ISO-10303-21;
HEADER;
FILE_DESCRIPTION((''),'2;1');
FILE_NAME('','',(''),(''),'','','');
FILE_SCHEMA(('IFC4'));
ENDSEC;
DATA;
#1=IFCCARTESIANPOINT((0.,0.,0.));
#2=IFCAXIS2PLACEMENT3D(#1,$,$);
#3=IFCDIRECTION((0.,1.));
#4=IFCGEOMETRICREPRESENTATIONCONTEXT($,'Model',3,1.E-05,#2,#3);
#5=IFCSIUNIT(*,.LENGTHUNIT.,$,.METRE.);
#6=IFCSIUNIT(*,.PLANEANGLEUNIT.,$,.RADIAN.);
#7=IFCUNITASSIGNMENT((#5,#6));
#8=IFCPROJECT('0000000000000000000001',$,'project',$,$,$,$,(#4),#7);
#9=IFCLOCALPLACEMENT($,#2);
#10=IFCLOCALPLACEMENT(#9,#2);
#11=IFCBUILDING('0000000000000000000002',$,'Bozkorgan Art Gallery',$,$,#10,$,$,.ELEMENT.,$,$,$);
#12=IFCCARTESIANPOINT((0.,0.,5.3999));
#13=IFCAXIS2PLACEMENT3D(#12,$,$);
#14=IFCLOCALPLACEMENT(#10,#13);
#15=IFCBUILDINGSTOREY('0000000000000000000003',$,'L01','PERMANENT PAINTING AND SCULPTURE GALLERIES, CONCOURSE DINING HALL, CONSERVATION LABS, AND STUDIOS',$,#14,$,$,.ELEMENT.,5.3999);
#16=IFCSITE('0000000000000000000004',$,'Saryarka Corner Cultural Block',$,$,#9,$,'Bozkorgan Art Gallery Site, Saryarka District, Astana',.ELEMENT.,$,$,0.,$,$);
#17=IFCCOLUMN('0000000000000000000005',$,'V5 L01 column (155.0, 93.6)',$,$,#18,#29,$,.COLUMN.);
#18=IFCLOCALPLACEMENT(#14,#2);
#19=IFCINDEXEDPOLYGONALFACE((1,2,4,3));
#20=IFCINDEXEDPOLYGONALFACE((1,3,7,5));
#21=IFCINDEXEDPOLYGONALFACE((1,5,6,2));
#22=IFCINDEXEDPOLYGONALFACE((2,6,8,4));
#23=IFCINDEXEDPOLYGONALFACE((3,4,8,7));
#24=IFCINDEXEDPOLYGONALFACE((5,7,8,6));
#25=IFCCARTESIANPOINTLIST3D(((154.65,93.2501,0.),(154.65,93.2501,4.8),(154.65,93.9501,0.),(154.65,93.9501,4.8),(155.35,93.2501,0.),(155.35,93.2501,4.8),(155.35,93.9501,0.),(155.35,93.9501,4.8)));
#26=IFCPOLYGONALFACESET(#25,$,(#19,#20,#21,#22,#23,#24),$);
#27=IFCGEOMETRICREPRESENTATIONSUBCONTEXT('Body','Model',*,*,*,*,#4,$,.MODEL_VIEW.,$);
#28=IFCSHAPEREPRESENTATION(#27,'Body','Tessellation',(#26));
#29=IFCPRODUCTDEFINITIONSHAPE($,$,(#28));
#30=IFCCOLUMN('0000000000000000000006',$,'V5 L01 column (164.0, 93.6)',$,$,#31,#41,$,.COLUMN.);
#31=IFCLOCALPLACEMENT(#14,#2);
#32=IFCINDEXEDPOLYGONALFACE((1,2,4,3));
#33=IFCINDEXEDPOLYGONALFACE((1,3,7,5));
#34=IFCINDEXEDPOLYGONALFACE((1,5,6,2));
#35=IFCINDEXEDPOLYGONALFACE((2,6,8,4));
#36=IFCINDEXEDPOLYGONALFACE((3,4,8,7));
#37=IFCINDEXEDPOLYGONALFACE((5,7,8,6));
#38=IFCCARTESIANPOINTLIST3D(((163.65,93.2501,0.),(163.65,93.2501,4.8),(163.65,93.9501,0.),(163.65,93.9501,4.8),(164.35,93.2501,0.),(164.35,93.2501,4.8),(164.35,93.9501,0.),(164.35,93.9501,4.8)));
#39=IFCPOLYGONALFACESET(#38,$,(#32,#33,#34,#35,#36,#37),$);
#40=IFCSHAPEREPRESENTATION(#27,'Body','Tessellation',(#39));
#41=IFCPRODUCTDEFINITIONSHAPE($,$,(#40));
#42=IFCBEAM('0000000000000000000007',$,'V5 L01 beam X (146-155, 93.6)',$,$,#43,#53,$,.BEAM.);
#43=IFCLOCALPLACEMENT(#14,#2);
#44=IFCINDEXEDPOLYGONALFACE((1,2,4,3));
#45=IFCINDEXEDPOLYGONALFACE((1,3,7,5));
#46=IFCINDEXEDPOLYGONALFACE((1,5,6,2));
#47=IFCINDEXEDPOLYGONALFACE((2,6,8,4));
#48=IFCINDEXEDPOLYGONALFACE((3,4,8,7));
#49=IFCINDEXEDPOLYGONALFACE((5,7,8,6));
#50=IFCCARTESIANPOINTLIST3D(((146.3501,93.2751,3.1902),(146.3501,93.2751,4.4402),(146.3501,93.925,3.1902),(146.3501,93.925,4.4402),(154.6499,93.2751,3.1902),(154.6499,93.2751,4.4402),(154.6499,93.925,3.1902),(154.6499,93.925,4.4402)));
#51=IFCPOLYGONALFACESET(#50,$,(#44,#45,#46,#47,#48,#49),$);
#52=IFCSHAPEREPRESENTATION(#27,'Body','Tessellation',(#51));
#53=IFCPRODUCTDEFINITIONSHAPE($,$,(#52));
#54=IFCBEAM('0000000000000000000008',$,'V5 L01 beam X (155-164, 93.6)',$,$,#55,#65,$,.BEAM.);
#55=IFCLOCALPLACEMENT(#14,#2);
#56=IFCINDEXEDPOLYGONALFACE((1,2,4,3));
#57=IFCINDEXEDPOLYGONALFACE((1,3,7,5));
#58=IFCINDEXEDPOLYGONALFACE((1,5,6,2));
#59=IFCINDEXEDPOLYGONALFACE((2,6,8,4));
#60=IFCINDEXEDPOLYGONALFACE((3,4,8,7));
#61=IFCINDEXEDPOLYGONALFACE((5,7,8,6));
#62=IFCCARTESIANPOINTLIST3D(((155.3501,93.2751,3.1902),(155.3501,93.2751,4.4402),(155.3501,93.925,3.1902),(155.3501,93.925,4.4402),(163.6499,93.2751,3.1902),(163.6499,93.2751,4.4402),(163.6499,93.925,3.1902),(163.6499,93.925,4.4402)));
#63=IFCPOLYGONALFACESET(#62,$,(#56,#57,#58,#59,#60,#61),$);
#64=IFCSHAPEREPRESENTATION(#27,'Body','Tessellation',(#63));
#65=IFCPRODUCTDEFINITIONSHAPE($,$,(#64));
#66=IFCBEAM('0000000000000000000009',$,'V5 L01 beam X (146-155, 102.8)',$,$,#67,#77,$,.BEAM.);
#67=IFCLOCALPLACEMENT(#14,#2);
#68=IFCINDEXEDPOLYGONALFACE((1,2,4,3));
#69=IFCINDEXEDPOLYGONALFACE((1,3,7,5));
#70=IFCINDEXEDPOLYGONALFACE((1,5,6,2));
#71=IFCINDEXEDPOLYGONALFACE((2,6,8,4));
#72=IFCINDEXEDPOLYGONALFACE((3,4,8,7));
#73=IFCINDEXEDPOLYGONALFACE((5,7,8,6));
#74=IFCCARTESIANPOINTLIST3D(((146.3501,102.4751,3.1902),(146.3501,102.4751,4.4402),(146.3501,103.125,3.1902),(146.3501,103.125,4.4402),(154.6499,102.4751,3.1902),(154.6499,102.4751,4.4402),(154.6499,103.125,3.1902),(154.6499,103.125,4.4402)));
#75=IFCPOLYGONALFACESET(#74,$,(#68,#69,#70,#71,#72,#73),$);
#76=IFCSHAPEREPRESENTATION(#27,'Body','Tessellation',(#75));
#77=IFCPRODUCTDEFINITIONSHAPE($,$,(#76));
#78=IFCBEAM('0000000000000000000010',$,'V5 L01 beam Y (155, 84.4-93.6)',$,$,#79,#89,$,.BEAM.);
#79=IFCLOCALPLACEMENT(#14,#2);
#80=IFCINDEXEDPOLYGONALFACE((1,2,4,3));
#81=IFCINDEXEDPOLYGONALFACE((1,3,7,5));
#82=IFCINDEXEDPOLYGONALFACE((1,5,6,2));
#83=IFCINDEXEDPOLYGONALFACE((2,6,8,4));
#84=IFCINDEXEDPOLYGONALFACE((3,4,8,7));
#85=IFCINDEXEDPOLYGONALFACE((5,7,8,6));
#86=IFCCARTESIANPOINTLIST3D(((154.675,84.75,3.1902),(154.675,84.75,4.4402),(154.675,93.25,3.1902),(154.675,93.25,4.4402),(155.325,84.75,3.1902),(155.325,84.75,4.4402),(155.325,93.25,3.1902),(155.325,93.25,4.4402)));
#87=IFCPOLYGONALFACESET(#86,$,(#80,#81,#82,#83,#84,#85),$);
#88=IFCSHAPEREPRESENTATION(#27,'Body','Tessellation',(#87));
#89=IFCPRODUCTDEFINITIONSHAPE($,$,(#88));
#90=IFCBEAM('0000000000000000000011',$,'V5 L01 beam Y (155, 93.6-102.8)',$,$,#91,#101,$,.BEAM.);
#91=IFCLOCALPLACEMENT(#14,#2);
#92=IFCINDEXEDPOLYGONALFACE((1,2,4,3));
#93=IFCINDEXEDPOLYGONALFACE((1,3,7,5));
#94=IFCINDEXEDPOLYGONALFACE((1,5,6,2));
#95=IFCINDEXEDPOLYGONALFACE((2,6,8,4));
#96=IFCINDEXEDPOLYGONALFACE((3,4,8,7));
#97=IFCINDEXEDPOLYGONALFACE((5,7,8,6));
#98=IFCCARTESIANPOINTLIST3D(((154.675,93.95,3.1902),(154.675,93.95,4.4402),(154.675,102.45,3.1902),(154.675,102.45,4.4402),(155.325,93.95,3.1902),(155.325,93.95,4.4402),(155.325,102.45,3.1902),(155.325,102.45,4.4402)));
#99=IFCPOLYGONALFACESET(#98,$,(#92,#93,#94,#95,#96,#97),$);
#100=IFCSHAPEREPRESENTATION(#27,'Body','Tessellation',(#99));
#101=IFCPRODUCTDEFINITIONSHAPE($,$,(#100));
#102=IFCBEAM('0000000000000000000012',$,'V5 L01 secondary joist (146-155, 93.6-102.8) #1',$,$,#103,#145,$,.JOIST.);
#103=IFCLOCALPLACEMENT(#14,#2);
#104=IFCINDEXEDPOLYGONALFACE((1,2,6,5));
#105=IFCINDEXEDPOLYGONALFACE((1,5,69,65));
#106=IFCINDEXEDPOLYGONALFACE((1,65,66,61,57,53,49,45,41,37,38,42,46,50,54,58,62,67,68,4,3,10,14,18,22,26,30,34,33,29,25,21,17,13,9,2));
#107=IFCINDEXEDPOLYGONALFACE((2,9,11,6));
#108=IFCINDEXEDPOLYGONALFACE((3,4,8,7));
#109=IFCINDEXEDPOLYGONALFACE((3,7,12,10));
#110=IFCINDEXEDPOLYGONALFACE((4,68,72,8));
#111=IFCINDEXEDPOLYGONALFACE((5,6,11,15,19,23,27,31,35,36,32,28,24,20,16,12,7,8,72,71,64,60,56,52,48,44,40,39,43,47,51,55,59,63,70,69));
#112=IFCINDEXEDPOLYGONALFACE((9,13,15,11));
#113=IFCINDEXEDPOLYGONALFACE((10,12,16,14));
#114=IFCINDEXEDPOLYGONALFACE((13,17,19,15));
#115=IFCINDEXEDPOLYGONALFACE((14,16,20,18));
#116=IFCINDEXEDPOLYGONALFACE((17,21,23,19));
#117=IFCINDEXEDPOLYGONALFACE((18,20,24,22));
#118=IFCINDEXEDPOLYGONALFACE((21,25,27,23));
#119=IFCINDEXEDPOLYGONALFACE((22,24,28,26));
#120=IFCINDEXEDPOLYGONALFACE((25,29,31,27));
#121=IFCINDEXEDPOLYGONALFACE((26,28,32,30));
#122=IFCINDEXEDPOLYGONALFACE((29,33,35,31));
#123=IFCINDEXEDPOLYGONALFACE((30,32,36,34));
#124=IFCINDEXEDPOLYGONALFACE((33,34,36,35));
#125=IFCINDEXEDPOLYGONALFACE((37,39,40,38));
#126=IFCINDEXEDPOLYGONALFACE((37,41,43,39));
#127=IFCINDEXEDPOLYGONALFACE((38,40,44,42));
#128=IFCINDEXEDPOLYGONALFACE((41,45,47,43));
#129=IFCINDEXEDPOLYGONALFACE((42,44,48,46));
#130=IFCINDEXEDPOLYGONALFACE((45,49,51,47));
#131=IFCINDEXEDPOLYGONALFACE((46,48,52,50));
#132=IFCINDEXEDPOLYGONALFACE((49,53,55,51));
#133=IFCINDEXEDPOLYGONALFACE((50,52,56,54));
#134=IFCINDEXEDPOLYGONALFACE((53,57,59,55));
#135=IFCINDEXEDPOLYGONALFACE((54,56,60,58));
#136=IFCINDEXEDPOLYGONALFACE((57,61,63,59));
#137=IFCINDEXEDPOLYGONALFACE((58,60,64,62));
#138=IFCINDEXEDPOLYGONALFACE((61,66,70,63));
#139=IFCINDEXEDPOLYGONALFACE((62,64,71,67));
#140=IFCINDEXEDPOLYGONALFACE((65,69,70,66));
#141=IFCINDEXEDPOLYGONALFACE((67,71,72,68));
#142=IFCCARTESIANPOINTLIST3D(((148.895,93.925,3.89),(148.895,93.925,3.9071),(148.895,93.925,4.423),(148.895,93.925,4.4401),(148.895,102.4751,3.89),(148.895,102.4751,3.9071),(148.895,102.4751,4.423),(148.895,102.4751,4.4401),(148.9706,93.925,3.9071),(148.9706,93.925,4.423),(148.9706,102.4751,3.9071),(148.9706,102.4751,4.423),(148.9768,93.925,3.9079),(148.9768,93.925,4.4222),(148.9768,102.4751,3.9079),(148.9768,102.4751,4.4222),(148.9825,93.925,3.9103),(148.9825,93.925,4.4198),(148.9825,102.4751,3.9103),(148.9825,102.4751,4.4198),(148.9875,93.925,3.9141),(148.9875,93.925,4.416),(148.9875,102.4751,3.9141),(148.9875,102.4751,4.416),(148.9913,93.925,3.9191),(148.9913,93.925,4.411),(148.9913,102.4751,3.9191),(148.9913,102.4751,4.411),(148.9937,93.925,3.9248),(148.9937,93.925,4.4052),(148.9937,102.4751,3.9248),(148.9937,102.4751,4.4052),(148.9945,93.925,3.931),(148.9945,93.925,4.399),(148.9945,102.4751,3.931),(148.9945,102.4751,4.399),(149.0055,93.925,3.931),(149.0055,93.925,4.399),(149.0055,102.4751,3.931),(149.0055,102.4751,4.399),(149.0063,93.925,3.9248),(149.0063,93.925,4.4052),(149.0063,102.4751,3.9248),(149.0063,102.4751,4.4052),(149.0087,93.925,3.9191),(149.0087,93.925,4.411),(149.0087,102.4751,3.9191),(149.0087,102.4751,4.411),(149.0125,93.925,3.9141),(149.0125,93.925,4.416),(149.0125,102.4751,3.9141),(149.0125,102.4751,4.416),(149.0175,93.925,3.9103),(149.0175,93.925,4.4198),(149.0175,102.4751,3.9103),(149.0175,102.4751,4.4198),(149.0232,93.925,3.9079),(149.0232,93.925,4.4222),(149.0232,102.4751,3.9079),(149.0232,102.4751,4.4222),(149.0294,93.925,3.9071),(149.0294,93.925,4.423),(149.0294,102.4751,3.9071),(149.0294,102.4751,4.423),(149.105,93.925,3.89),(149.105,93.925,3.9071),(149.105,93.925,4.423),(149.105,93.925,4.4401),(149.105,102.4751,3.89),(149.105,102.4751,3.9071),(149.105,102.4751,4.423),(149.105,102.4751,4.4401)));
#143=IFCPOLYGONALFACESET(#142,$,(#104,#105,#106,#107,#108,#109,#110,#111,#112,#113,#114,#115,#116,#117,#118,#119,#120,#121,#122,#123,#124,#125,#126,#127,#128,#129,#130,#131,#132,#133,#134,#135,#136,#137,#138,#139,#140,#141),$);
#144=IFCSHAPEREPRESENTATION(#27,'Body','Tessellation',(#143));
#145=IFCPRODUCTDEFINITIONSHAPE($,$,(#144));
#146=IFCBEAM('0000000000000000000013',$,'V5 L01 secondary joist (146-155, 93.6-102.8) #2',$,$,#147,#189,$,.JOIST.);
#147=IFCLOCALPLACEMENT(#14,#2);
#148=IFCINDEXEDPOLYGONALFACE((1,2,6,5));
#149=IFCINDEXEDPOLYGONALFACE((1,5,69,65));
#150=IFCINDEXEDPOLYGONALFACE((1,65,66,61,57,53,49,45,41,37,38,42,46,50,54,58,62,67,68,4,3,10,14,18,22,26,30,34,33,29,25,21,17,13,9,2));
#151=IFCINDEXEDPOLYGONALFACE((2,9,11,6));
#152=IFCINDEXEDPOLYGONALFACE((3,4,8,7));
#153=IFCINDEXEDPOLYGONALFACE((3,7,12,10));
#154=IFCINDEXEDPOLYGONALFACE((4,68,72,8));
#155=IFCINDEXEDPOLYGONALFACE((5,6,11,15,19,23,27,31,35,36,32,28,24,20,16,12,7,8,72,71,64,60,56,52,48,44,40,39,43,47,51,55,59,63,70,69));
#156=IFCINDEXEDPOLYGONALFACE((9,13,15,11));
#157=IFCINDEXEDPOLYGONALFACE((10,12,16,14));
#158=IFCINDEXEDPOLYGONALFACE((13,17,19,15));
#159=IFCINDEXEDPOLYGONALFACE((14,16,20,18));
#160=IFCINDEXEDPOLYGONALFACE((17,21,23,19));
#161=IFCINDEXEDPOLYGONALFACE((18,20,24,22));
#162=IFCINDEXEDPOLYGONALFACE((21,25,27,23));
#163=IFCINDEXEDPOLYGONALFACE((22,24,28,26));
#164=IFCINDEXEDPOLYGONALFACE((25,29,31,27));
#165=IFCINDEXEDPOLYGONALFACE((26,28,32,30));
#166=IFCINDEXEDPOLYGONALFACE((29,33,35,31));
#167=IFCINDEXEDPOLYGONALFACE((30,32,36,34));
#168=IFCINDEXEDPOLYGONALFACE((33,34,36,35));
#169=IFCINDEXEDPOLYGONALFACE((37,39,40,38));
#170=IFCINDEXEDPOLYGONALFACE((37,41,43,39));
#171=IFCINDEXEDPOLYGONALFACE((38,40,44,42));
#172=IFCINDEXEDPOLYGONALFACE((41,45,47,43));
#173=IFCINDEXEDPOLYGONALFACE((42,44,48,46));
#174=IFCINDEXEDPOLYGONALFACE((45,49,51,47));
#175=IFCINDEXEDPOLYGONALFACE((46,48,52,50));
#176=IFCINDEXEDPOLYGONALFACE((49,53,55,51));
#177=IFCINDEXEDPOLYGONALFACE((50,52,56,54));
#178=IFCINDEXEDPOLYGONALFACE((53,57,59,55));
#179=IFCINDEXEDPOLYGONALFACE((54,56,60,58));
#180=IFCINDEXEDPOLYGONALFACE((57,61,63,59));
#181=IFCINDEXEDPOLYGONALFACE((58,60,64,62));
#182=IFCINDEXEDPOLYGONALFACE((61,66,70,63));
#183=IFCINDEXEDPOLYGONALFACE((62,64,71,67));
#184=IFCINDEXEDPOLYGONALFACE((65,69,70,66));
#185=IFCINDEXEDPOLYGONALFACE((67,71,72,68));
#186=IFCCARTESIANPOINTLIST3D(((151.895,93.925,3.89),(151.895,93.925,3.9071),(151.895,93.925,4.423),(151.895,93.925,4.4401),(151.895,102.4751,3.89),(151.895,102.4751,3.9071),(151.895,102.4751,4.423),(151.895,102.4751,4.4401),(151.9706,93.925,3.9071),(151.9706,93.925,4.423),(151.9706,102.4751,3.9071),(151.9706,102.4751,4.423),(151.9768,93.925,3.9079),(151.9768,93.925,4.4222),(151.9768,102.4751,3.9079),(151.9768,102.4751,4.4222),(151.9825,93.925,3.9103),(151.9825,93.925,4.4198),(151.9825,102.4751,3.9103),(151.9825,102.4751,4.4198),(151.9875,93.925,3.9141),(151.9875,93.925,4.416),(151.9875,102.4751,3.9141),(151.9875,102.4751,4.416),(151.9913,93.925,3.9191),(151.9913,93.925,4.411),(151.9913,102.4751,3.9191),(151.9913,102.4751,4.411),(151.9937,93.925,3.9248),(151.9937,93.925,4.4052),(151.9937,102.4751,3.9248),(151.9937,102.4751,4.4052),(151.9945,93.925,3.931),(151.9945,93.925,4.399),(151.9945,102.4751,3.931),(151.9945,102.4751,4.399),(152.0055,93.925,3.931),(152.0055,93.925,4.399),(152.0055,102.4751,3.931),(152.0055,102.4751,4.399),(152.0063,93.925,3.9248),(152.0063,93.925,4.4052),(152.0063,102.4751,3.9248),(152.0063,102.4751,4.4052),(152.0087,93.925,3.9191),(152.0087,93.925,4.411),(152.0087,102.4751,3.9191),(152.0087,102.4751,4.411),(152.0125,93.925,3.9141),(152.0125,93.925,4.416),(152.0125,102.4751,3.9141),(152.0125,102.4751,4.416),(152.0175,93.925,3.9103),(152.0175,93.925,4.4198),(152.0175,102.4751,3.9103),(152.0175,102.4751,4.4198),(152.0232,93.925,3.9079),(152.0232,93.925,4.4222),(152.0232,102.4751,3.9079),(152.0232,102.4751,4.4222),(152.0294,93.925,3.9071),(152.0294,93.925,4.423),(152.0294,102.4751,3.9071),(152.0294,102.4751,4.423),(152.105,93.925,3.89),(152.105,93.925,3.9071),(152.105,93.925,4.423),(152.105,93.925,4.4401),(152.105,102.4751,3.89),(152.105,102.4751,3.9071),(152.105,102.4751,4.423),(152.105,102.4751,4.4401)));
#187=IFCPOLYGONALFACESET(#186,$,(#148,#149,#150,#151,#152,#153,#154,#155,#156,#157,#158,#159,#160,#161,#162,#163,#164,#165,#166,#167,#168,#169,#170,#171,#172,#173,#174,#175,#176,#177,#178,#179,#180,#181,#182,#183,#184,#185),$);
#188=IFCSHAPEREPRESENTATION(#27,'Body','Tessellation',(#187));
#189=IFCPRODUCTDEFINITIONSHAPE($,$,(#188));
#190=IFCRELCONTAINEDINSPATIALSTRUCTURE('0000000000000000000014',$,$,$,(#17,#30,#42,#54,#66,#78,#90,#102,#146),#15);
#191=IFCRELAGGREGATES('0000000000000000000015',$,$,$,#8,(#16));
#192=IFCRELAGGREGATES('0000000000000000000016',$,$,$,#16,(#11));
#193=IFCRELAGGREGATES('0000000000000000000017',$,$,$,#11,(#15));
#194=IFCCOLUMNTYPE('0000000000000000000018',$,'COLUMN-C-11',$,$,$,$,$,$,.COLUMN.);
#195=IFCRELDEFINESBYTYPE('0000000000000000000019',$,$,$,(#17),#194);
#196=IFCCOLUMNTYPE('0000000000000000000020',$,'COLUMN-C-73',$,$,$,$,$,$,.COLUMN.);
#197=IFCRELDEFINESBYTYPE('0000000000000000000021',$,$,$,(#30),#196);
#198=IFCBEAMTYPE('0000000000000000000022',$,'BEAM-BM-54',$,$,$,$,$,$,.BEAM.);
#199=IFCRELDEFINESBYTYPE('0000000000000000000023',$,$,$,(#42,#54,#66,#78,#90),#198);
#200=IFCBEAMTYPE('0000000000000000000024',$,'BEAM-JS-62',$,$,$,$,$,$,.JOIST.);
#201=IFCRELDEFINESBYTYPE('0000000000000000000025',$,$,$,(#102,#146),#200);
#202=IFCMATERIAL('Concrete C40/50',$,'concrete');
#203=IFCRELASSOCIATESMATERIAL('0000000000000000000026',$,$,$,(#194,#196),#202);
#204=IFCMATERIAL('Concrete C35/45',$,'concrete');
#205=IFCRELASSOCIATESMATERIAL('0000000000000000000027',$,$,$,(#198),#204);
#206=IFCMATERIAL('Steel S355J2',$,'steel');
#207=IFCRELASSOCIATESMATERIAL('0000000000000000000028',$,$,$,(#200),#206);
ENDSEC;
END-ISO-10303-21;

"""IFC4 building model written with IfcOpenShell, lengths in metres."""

from ifc_helpers import new_model, si_unit, direction, frame, origin, origin_2d, place, context, subcontext, project, spatial, rectangle, i_section, extrude, material, material_profile, profile_set, type_object, element, save


model = new_model("IFC4")

# Units and contexts
model_context = context("Model", 3, precision=1e-05, world=origin(), true_north=direction((0.0, 1.0)))
body_context = subcontext(model_context, "Body", "Model", "MODEL_VIEW")
ifc_project = project(units=[si_unit("LENGTHUNIT", "METRE"), si_unit("PLANEANGLEUNIT", "RADIAN")], contexts=[model_context])

# Site, building, storey
site_placement = place(None, origin())
site = spatial("IfcSite", under=ifc_project, at=site_placement, Name="Saryarka Corner Cultural Block", LongName="Bozkorgan Art Gallery Site, Saryarka District, Astana", CompositionType="ELEMENT", RefElevation=0.0)
building_placement = place(site_placement, origin())
building = spatial("IfcBuilding", under=site, at=building_placement, Name="Bozkorgan Art Gallery", CompositionType="ELEMENT")
storey_placement = place(building_placement, frame((0.0, 0.0, 5.3999)))
storey = spatial("IfcBuildingStorey", under=building, at=storey_placement, Name="L01", Description="PERMANENT PAINTING AND SCULPTURE GALLERIES, CONCOURSE DINING HALL, CONSERVATION LABS, AND STUDIOS", CompositionType="ELEMENT", Elevation=5.3999)

# Columns
ifc_material_1 = material(Name="Concrete C40/50", Category="concrete")
ifc_material_profile_1 = material_profile(ifc_material_1, rectangle(XDim=0.7, YDim=0.7, at=origin_2d()), Name="RC 700x700")
ifc_profile_set_1 = profile_set([ifc_material_profile_1], Name="Concrete C40/50")
column_type_1 = type_object("IfcColumnType", Name="COLUMN-C-11", PredefinedType="COLUMN", material=ifc_profile_set_1)
column_1_placement = place(storey_placement, frame((155.0, 93.6001, 0.0), z_axis=(0.0, 0.0, 1.0), x_axis=(1.0, 0.0, 0.0)))
element("IfcColumn", 1, at=column_1_placement, inside=storey, type_object=column_type_1, Name="V5 L01 column (155.0, 93.6)", PredefinedType="COLUMN", context=body_context, shape_type="SweptSolid", body=[
    extrude(rectangle(XDim=0.7, YDim=0.7, at=origin_2d()), origin(), (0.0, 0.0, 1.0), 4.8),
])
ifc_material_profile_2 = material_profile(ifc_material_1, rectangle(XDim=0.7, YDim=0.7, at=origin_2d()), Name="RC 700x700")
ifc_profile_set_2 = profile_set([ifc_material_profile_2], Name="Concrete C40/50")
column_type_2 = type_object("IfcColumnType", Name="COLUMN-C-73", PredefinedType="COLUMN", material=ifc_profile_set_2)
column_2_placement = place(storey_placement, frame((164.0, 93.6001, 0.0), z_axis=(0.0, 0.0, 1.0), x_axis=(1.0, 0.0, 0.0)))
element("IfcColumn", 2, at=column_2_placement, inside=storey, type_object=column_type_2, Name="V5 L01 column (164.0, 93.6)", PredefinedType="COLUMN", context=body_context, shape_type="SweptSolid", body=[
    extrude(rectangle(XDim=0.7, YDim=0.7, at=origin_2d()), origin(), (0.0, 0.0, 1.0), 4.8),
])

# Beams
ifc_material_2 = material(Name="Concrete C35/45", Category="concrete")
ifc_material_profile_3 = material_profile(ifc_material_2, rectangle(XDim=0.6499, YDim=1.25, at=origin_2d()), Name="RC 650x1250")
ifc_profile_set_3 = profile_set([ifc_material_profile_3], Name="Concrete C35/45")
beam_type_1 = type_object("IfcBeamType", Name="BEAM-BM-54", PredefinedType="BEAM", material=ifc_profile_set_3)
for number, where, z_axis, x_axis, name in (
    (3, (146.3501, 93.6001, 3.8152), (1.0, 0.0, 0.0), (0.0, 1.0, 0.0), "V5 L01 beam X (146-155, 93.6)"),
    (4, (155.3501, 93.6001, 3.8152), (1.0, 0.0, 0.0), (0.0, 1.0, 0.0), "V5 L01 beam X (155-164, 93.6)"),
    (5, (146.3501, 102.8, 3.8152), (1.0, 0.0, 0.0), (0.0, 1.0, 0.0), "V5 L01 beam X (146-155, 102.8)"),
):
    element("IfcBeam", number, at=place(storey_placement, frame(where, z_axis=z_axis, x_axis=x_axis)), inside=storey, type_object=beam_type_1, Name=name, PredefinedType="BEAM", context=body_context, shape_type="SweptSolid", body=[
        extrude(rectangle(XDim=0.6499, YDim=1.25, at=origin_2d()), origin(), (0.0, 0.0, 1.0), 8.2998),
    ])
for number, where, z_axis, x_axis, name in (
    (6, (155.0, 84.75, 3.8152), (0.0, 1.0, 0.0), (-1.0, 0.0, 0.0), "V5 L01 beam Y (155, 84.4-93.6)"),
    (7, (155.0, 93.95, 3.8152), (0.0, 1.0, 0.0), (-1.0, 0.0, 0.0), "V5 L01 beam Y (155, 93.6-102.8)"),
):
    element("IfcBeam", number, at=place(storey_placement, frame(where, z_axis=z_axis, x_axis=x_axis)), inside=storey, type_object=beam_type_1, Name=name, PredefinedType="BEAM", context=body_context, shape_type="SweptSolid", body=[
        extrude(rectangle(XDim=0.6499, YDim=1.25, at=origin_2d()), origin(), (0.0, 0.0, 1.0), 8.5),
    ])
ifc_material_3 = material(Name="Steel S355J2", Category="steel")
ifc_material_profile_4 = material_profile(ifc_material_3, i_section(OverallWidth=0.21, OverallDepth=0.55, WebThickness=0.011, FlangeThickness=0.0171, FilletRadius=0.0239, at=origin_2d()), Name="IPE 550")
ifc_profile_set_4 = profile_set([ifc_material_profile_4], Name="Steel S355J2")
beam_type_2 = type_object("IfcBeamType", Name="BEAM-JS-62", PredefinedType="JOIST", material=ifc_profile_set_4)
for number, where, z_axis, x_axis, name in (
    (8, (149.0, 93.925, 4.165), (0.0, 1.0, 0.0), (-1.0, 0.0, 0.0), "V5 L01 secondary joist (146-155, 93.6-102.8) #1"),
    (9, (152.0, 93.925, 4.165), (0.0, 1.0, 0.0), (-1.0, 0.0, 0.0), "V5 L01 secondary joist (146-155, 93.6-102.8) #2"),
):
    element("IfcBeam", number, at=place(storey_placement, frame(where, z_axis=z_axis, x_axis=x_axis)), inside=storey, type_object=beam_type_2, Name=name, PredefinedType="JOIST", context=body_context, shape_type="SweptSolid", body=[
        extrude(i_section(OverallWidth=0.21, OverallDepth=0.55, WebThickness=0.011, FlangeThickness=0.0171, FilletRadius=0.0239, at=origin_2d()), origin(), (0.0, 0.0, 1.0), 8.55),
    ])

save(model, "model.ifc")
